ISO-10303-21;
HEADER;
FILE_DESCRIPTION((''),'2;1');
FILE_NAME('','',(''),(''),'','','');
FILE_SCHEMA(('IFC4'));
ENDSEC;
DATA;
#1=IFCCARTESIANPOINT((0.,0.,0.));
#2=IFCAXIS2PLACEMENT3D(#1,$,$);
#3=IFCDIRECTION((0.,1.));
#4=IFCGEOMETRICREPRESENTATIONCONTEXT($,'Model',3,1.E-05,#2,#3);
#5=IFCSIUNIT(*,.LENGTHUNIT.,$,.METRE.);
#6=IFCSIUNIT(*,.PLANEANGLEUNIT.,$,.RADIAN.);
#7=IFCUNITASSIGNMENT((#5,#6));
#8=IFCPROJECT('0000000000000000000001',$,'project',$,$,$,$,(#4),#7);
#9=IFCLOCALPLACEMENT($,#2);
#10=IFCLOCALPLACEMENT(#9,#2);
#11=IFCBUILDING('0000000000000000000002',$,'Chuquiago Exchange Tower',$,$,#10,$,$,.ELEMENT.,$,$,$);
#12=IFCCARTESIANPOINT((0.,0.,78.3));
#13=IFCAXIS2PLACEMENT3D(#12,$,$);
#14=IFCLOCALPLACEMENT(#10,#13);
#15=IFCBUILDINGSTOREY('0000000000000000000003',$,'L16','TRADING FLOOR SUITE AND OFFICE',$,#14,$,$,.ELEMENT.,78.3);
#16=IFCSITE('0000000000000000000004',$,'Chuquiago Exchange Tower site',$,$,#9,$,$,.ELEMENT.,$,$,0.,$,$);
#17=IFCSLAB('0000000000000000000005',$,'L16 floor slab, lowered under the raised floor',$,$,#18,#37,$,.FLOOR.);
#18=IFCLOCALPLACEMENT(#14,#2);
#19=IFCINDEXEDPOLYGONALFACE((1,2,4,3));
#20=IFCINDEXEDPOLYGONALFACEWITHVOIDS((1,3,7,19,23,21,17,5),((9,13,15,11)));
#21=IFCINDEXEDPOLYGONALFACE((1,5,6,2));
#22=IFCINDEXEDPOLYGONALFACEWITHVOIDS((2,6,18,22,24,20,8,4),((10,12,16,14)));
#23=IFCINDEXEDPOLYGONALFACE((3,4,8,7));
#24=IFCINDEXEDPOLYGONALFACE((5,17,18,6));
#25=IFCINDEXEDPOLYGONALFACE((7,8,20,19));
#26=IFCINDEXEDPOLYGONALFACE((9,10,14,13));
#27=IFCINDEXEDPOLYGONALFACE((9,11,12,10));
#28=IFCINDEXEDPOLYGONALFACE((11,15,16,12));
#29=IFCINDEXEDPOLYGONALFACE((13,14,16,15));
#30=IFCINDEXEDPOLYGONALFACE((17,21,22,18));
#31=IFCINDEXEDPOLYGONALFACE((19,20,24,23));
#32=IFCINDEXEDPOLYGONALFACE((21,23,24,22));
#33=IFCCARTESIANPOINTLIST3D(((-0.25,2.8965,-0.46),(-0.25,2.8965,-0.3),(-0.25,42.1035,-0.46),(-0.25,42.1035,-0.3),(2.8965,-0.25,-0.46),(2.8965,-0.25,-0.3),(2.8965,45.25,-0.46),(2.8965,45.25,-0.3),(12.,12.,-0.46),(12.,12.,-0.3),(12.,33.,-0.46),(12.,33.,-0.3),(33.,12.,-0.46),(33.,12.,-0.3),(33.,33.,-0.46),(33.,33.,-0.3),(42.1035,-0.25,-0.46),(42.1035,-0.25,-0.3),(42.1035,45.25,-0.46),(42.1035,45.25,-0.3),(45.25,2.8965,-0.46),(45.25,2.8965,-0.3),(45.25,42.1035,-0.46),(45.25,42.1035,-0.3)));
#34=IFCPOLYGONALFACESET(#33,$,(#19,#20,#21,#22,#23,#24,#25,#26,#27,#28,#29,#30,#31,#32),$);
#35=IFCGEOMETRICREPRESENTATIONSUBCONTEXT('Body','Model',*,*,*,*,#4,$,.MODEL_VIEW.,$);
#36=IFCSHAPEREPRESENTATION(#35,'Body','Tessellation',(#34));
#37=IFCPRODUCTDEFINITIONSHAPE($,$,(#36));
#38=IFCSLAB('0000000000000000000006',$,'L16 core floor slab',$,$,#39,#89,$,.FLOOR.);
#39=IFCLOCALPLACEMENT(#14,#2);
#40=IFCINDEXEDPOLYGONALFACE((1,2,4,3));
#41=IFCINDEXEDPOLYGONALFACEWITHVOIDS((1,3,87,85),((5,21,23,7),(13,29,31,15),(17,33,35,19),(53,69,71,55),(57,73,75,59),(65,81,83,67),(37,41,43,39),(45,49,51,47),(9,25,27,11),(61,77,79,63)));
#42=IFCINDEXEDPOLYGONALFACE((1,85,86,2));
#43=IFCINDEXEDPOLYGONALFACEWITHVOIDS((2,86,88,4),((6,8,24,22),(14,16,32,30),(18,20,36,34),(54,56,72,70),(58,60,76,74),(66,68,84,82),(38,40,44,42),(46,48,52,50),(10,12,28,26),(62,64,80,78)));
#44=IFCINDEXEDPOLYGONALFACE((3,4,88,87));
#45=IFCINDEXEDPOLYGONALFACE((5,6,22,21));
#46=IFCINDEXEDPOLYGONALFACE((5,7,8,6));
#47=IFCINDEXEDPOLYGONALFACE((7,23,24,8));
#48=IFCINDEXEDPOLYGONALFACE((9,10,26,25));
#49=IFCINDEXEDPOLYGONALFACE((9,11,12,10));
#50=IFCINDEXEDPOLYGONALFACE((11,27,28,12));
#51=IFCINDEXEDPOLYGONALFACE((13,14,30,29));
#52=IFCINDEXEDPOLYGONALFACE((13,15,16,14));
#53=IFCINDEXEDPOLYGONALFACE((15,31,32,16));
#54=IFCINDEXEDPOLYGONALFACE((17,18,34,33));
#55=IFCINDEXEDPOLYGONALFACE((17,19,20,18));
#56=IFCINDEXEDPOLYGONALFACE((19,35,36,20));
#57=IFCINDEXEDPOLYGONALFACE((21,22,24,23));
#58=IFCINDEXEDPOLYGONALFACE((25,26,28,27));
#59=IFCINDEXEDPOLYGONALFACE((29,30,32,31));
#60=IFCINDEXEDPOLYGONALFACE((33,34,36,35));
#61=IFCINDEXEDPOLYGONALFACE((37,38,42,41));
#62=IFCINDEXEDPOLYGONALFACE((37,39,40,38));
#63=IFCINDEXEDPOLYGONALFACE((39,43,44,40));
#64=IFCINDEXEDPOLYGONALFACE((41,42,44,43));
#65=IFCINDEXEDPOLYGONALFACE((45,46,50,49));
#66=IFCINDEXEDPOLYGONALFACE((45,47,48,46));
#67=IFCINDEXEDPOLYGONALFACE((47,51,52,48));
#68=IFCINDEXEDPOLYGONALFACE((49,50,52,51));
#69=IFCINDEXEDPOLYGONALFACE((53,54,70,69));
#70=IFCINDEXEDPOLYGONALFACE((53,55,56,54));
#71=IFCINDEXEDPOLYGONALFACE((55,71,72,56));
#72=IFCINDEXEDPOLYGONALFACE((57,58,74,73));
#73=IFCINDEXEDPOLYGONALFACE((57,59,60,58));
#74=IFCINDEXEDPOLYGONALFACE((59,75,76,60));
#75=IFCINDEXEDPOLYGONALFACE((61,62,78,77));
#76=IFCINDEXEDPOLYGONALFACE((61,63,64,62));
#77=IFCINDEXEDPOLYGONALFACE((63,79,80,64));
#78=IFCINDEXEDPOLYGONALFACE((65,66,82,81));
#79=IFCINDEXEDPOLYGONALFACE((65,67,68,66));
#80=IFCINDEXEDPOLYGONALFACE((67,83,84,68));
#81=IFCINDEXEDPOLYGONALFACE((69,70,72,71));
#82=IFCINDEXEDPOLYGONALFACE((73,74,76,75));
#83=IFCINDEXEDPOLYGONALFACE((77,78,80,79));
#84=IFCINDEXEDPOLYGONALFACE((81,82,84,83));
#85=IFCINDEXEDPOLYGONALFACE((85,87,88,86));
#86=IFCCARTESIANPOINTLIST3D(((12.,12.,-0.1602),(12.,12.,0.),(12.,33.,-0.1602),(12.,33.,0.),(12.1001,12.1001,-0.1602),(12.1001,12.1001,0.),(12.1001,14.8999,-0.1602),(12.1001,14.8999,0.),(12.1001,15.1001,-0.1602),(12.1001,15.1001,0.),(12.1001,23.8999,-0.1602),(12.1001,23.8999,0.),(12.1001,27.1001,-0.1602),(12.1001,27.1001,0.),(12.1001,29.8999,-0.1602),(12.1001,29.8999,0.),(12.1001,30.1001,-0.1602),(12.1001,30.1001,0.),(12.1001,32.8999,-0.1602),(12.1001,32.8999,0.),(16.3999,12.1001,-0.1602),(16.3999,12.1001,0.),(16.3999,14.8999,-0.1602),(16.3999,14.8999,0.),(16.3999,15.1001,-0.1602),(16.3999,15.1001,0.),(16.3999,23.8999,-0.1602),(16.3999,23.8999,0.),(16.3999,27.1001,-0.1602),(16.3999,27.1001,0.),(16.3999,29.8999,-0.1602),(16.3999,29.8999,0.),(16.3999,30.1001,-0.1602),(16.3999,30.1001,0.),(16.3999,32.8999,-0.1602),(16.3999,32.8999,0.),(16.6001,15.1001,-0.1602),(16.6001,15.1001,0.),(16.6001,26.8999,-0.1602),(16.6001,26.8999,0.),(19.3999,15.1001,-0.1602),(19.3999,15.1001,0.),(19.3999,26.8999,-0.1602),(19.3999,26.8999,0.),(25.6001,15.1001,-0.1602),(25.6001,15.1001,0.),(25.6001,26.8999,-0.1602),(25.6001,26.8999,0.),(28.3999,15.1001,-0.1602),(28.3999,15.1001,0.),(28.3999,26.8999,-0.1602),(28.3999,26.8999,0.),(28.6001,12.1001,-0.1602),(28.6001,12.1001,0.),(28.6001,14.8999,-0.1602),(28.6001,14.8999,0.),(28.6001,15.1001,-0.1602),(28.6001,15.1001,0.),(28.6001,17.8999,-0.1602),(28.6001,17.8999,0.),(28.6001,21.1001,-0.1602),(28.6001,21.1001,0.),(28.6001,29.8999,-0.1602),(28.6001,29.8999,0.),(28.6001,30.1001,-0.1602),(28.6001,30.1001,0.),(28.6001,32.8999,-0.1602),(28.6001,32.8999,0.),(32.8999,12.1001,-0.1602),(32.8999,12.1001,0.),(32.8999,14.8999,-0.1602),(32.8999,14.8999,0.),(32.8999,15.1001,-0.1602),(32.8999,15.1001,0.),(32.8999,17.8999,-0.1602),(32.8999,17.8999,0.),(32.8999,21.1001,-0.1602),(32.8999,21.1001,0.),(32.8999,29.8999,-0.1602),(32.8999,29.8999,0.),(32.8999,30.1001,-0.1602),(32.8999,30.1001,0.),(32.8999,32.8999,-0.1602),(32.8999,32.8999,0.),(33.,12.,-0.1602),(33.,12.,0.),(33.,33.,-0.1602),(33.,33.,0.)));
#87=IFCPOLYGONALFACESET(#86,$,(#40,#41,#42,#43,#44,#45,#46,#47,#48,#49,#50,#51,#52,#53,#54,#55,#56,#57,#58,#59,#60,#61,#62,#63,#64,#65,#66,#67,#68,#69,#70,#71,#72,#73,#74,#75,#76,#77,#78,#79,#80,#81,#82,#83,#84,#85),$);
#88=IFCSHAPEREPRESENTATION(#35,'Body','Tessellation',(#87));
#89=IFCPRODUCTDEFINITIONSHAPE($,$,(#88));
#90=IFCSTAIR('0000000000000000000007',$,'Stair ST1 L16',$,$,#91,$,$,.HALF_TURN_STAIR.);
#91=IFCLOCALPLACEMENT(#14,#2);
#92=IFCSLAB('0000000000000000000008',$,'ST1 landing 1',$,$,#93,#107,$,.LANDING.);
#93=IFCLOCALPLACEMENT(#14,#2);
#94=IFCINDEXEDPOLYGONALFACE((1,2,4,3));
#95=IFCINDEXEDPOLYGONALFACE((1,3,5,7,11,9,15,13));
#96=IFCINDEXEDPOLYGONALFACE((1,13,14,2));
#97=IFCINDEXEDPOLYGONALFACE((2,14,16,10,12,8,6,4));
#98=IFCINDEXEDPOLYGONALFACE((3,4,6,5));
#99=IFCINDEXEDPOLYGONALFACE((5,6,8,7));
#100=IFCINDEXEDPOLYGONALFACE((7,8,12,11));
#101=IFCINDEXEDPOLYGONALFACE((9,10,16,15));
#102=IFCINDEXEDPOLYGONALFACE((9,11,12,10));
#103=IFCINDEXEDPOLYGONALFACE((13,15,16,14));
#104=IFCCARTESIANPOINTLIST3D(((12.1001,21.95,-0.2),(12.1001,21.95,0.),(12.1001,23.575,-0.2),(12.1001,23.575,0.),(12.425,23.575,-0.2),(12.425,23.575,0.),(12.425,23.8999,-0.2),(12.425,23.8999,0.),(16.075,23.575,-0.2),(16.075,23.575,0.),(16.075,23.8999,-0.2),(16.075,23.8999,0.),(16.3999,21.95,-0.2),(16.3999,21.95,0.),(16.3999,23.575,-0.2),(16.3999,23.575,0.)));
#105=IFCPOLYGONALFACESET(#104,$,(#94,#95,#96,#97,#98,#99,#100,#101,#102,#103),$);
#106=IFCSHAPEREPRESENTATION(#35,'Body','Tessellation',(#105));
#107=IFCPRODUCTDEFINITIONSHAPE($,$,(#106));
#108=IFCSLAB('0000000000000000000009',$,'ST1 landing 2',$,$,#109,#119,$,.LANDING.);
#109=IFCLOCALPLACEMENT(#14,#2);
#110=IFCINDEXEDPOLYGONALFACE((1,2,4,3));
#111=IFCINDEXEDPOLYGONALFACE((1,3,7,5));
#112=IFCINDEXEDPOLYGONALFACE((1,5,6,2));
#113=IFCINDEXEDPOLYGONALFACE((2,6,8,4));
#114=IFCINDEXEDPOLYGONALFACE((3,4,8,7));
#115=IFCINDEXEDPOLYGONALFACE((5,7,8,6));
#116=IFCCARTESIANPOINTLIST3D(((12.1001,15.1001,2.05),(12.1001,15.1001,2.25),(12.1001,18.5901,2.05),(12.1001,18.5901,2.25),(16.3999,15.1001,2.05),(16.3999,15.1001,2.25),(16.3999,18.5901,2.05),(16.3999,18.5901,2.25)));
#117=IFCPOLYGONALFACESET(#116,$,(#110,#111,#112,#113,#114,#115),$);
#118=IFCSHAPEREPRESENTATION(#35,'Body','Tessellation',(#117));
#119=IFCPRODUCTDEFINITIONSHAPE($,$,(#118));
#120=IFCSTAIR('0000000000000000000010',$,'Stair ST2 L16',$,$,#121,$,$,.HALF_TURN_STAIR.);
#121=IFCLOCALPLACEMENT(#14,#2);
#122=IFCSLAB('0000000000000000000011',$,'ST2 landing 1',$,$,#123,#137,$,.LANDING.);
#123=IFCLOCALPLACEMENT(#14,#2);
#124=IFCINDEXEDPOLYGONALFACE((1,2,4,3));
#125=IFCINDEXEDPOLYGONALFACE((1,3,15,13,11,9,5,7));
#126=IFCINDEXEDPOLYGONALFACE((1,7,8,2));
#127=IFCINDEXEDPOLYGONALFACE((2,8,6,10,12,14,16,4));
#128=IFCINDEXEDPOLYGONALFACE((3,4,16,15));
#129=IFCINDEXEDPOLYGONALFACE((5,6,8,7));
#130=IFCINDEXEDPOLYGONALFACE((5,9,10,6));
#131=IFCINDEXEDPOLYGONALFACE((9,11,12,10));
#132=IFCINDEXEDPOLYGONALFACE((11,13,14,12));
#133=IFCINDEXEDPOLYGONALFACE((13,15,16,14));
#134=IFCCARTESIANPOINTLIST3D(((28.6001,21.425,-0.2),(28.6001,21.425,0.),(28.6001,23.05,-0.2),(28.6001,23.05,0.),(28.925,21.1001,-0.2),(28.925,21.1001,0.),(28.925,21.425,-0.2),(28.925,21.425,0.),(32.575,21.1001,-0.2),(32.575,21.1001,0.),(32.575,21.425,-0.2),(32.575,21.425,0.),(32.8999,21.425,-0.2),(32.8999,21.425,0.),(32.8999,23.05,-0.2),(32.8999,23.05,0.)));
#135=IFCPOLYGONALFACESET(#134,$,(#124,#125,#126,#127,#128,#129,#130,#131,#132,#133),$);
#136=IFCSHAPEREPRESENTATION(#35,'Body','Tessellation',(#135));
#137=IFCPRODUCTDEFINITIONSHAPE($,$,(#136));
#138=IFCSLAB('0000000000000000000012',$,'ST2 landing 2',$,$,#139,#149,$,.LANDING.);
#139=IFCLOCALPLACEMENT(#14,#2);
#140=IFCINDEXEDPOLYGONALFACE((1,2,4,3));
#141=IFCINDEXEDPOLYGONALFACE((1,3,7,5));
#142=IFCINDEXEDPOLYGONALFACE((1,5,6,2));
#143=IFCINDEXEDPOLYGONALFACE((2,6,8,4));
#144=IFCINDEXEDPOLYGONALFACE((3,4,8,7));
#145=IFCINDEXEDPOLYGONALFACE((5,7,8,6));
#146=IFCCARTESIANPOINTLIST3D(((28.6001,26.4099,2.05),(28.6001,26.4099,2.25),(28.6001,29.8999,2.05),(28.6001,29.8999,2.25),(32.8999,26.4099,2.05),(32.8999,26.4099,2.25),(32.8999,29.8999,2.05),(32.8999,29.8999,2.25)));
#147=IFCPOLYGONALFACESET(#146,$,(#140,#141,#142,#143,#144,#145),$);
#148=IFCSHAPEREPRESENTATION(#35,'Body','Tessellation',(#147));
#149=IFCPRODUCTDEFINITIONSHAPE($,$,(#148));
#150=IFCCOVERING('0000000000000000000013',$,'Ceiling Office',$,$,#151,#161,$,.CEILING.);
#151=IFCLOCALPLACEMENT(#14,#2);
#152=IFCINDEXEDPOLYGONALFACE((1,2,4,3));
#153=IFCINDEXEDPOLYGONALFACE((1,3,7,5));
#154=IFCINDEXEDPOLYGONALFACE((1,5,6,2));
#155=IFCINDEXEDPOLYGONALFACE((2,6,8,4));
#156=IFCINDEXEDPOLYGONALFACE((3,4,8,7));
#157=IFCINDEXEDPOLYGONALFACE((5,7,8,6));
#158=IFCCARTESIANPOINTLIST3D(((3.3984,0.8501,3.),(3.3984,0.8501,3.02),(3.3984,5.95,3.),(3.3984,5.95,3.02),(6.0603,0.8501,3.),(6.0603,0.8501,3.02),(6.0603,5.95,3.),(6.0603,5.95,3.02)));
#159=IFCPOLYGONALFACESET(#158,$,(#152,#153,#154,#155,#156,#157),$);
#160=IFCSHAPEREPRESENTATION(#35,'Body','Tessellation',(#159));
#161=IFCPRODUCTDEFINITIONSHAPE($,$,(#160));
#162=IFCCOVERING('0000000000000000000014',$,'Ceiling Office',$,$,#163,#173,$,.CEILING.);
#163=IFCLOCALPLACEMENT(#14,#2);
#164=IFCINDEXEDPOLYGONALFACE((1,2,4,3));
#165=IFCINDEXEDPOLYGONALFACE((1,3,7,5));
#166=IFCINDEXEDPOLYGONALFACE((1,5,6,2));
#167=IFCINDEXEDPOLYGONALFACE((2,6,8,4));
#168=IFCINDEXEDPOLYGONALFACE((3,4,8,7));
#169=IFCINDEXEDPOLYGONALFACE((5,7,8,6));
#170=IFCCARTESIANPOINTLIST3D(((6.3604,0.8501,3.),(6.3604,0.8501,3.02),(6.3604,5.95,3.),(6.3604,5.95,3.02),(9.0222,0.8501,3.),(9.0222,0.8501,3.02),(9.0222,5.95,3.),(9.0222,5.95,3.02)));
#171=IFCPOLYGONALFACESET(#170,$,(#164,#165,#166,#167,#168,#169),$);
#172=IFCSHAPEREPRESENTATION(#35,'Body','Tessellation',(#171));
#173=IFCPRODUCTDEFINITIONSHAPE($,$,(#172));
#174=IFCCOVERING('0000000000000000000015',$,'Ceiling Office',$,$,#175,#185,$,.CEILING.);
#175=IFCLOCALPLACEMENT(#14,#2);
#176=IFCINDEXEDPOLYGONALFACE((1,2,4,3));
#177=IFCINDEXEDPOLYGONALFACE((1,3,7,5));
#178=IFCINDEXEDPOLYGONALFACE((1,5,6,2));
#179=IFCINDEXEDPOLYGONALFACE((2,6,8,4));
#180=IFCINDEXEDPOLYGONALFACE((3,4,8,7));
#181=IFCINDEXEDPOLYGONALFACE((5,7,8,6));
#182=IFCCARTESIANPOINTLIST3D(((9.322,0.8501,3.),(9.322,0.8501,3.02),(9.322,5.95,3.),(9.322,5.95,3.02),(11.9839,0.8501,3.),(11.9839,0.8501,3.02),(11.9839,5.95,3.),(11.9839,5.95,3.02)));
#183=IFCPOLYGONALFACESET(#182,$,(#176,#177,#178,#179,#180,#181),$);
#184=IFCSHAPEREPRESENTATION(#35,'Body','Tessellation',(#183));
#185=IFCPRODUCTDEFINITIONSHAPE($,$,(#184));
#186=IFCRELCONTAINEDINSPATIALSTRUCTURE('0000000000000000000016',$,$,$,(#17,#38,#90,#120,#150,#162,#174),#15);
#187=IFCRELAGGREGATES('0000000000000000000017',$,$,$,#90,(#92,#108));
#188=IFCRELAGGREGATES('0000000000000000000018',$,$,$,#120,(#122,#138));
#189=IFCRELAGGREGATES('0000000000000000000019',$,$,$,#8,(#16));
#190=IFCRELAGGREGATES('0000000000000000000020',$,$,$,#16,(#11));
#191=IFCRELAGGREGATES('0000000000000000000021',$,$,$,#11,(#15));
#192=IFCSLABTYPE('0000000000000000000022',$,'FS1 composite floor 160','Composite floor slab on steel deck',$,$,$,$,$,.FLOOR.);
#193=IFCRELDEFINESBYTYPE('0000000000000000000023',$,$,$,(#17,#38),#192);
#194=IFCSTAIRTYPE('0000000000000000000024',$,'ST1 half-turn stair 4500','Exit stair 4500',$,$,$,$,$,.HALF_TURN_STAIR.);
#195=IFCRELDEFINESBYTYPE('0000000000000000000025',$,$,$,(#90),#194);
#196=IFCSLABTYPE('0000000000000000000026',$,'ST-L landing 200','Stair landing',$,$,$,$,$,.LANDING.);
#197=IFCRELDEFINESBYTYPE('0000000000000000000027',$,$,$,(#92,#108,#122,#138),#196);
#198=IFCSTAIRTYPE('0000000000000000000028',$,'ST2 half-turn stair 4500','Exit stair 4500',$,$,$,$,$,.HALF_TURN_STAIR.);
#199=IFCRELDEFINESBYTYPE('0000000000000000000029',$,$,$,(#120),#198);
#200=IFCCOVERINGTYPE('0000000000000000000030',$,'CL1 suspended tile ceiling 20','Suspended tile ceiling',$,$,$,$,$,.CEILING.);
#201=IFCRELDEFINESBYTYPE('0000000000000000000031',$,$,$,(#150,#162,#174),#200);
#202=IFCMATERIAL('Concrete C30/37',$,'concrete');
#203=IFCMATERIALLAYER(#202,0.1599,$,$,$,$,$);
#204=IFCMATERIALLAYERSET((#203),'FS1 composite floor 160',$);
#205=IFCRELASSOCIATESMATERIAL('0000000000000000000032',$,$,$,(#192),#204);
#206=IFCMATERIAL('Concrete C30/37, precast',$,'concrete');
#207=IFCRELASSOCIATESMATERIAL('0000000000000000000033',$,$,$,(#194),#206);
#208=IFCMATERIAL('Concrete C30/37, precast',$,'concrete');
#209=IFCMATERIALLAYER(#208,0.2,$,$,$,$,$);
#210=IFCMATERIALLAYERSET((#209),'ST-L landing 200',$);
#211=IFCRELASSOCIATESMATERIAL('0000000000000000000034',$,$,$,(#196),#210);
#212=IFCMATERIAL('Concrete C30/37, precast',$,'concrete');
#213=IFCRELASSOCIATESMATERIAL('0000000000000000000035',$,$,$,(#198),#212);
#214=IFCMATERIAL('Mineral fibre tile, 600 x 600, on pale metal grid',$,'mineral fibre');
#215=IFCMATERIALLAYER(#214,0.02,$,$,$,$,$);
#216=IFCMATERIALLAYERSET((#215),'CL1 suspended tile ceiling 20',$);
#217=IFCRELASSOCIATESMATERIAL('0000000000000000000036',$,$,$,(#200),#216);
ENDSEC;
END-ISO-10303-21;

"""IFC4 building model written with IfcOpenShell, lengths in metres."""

from ifc_helpers import new_model, si_unit, direction, frame, origin, place, context, subcontext, project, spatial, polyline, outline, extrude, material, layer, layer_set, type_object, element, aggregate, save


model = new_model("IFC4")

# Units and contexts
model_context = context("Model", 3, precision=1e-05, world=origin(), true_north=direction((0.0, 1.0)))
body_context = subcontext(model_context, "Body", "Model", "MODEL_VIEW")
ifc_project = project(units=[si_unit("LENGTHUNIT", "METRE"), si_unit("PLANEANGLEUNIT", "RADIAN")], contexts=[model_context])

# Site, building, storey
site_placement = place(None, origin())
site = spatial("IfcSite", under=ifc_project, at=site_placement, Name="Chuquiago Exchange Tower site", CompositionType="ELEMENT", RefElevation=0.0)
building_placement = place(site_placement, origin())
building = spatial("IfcBuilding", under=site, at=building_placement, Name="Chuquiago Exchange Tower", CompositionType="ELEMENT")
storey_placement = place(building_placement, frame((0.0, 0.0, 78.3)))
storey = spatial("IfcBuildingStorey", under=building, at=storey_placement, Name="L16", Description="TRADING FLOOR SUITE AND OFFICE", CompositionType="ELEMENT", Elevation=78.3)

# Slabs
ifc_material_1 = material(Name="Concrete C30/37", Category="concrete")
ifc_layer_1 = layer(ifc_material_1, 0.1599)
ifc_layer_set_1 = layer_set([ifc_layer_1], Name="FS1 composite floor 160")
slab_type_1 = type_object("IfcSlabType", Name="FS1 composite floor 160", Description="Composite floor slab on steel deck", PredefinedType="FLOOR", material=ifc_layer_set_1)
slab_1_placement = place(storey_placement, frame((0.0, 0.0, -0.46)))
element("IfcSlab", 1, at=slab_1_placement, inside=storey, type_object=slab_type_1, Name="L16 floor slab, lowered under the raised floor", PredefinedType="FLOOR", context=body_context, shape_type="SweptSolid", body=[
    extrude(outline(polyline([(-0.25, 2.8965), (-0.25, 42.1035), (2.8965, 45.25), (42.1035, 45.25), (45.25, 42.1035), (45.25, 2.8965), (42.1035, -0.25), (2.8965, -0.25), (-0.25, 2.8965)]), holes=[polyline([(33.0, 33.0), (12.0, 33.0), (12.0, 12.0), (33.0, 12.0), (33.0, 33.0)])]), origin(), (0.0, 0.0, 1.0), 0.1599),
])
slab_2_placement = place(storey_placement, frame((0.0, 0.0, -0.1602)))
element("IfcSlab", 2, at=slab_2_placement, inside=storey, type_object=slab_type_1, Name="L16 core floor slab", PredefinedType="FLOOR", context=body_context, shape_type="SweptSolid", body=[
    extrude(outline(polyline([(33.0, 12.0), (33.0, 33.0), (12.0, 33.0), (12.0, 12.0), (33.0, 12.0)]), holes=[polyline([(16.3999, 15.1001), (12.1001, 15.1001), (12.1001, 23.8999), (16.3999, 23.8999), (16.3999, 15.1001)]), polyline([(32.8999, 21.1001), (28.6001, 21.1001), (28.6001, 29.8999), (32.8999, 29.8999), (32.8999, 21.1001)]), polyline([(16.3999, 12.1001), (12.1001, 12.1001), (12.1001, 14.8999), (16.3999, 14.8999), (16.3999, 12.1001)]), polyline([(16.3999, 30.1001), (12.1001, 30.1001), (12.1001, 32.8999), (16.3999, 32.8999), (16.3999, 30.1001)]), polyline([(32.8999, 12.1001), (28.6001, 12.1001), (28.6001, 14.8999), (32.8999, 14.8999), (32.8999, 12.1001)]), polyline([(32.8999, 30.1001), (28.6001, 30.1001), (28.6001, 32.8999), (32.8999, 32.8999), (32.8999, 30.1001)]), polyline([(16.3999, 27.1001), (12.1001, 27.1001), (12.1001, 29.8999), (16.3999, 29.8999), (16.3999, 27.1001)]), polyline([(32.8999, 15.1001), (28.6001, 15.1001), (28.6001, 17.8999), (32.8999, 17.8999), (32.8999, 15.1001)]), polyline([(19.3999, 15.1001), (16.6001, 15.1001), (16.6001, 26.8999), (19.3999, 26.8999), (19.3999, 15.1001)]), polyline([(28.3999, 15.1001), (25.6001, 15.1001), (25.6001, 26.8999), (28.3999, 26.8999), (28.3999, 15.1001)])]), origin(), (0.0, 0.0, 1.0), 0.1602),
])

# Stairs, slabs
ifc_material_2 = material(Name="Concrete C30/37, precast", Category="concrete")
stair_type_1 = type_object("IfcStairType", Name="ST1 half-turn stair 4500", Description="Exit stair 4500", PredefinedType="HALF_TURN_STAIR", material=ifc_material_2)
stair_1_placement = place(storey_placement, origin())
stair_1 = element("IfcStair", 3, at=stair_1_placement, inside=storey, type_object=stair_type_1, Name="Stair ST1 L16", PredefinedType="HALF_TURN_STAIR")
ifc_material_3 = material(Name="Concrete C30/37, precast", Category="concrete")
ifc_layer_2 = layer(ifc_material_3, 0.2)
ifc_layer_set_2 = layer_set([ifc_layer_2], Name="ST-L landing 200")
slab_type_2 = type_object("IfcSlabType", Name="ST-L landing 200", Description="Stair landing", PredefinedType="LANDING", material=ifc_layer_set_2)
slab_3_placement = place(storey_placement, frame((0.0, 0.0, -0.2)))
slab_3 = element("IfcSlab", 4, at=slab_3_placement, type_object=slab_type_2, Name="ST1 landing 1", PredefinedType="LANDING", context=body_context, shape_type="SweptSolid", body=[
    extrude(outline(polyline([(12.425, 23.8999), (16.075, 23.8999), (16.075, 23.575), (16.3999, 23.575), (16.3999, 21.95), (12.1001, 21.95), (12.1001, 23.575), (12.425, 23.575), (12.425, 23.8999)])), origin(), (0.0, 0.0, 1.0), 0.2),
])
slab_4_placement = place(storey_placement, frame((0.0, 0.0, 2.05)))
slab_4 = element("IfcSlab", 5, at=slab_4_placement, type_object=slab_type_2, Name="ST1 landing 2", PredefinedType="LANDING", context=body_context, shape_type="SweptSolid", body=[
    extrude(outline(polyline([(12.1001, 18.5901), (16.3999, 18.5901), (16.3999, 15.1001), (12.1001, 15.1001), (12.1001, 18.5901)])), origin(), (0.0, 0.0, 1.0), 0.2),
])
aggregate(stair_1, [slab_3, slab_4])
ifc_material_4 = material(Name="Concrete C30/37, precast", Category="concrete")
stair_type_2 = type_object("IfcStairType", Name="ST2 half-turn stair 4500", Description="Exit stair 4500", PredefinedType="HALF_TURN_STAIR", material=ifc_material_4)
stair_2_placement = place(storey_placement, origin())
stair_2 = element("IfcStair", 6, at=stair_2_placement, inside=storey, type_object=stair_type_2, Name="Stair ST2 L16", PredefinedType="HALF_TURN_STAIR")
slab_5_placement = place(storey_placement, frame((0.0, 0.0, -0.2)))
slab_5 = element("IfcSlab", 7, at=slab_5_placement, type_object=slab_type_2, Name="ST2 landing 1", PredefinedType="LANDING", context=body_context, shape_type="SweptSolid", body=[
    extrude(outline(polyline([(32.575, 21.425), (32.575, 21.1001), (28.925, 21.1001), (28.925, 21.425), (28.6001, 21.425), (28.6001, 23.05), (32.8999, 23.05), (32.8999, 21.425), (32.575, 21.425)])), origin(), (0.0, 0.0, 1.0), 0.2),
])
slab_6_placement = place(storey_placement, frame((0.0, 0.0, 2.05)))
slab_6 = element("IfcSlab", 8, at=slab_6_placement, type_object=slab_type_2, Name="ST2 landing 2", PredefinedType="LANDING", context=body_context, shape_type="SweptSolid", body=[
    extrude(outline(polyline([(28.6001, 29.8999), (32.8999, 29.8999), (32.8999, 26.4099), (28.6001, 26.4099), (28.6001, 29.8999)])), origin(), (0.0, 0.0, 1.0), 0.2),
])
aggregate(stair_2, [slab_5, slab_6])

# Coverings
ifc_material_5 = material(Name="Mineral fibre tile, 600 x 600, on pale metal grid", Category="mineral fibre")
ifc_layer_3 = layer(ifc_material_5, 0.02)
ifc_layer_set_3 = layer_set([ifc_layer_3], Name="CL1 suspended tile ceiling 20")
covering_type_1 = type_object("IfcCoveringType", Name="CL1 suspended tile ceiling 20", Description="Suspended tile ceiling", PredefinedType="CEILING", material=ifc_layer_set_3)
covering_1_placement = place(storey_placement, frame((0.0, 0.0, 3.0)))
element("IfcCovering", 9, at=covering_1_placement, inside=storey, type_object=covering_type_1, Name="Ceiling Office", PredefinedType="CEILING", context=body_context, shape_type="SweptSolid", body=[
    extrude(outline(polyline([(3.3984, 5.95), (6.0603, 5.95), (6.0603, 0.8501), (3.3984, 0.8501), (3.3984, 5.95)])), origin(), (0.0, 0.0, 1.0), 0.02),
])
covering_2_placement = place(storey_placement, frame((0.0, 0.0, 3.0)))
element("IfcCovering", 10, at=covering_2_placement, inside=storey, type_object=covering_type_1, Name="Ceiling Office", PredefinedType="CEILING", context=body_context, shape_type="SweptSolid", body=[
    extrude(outline(polyline([(6.3604, 5.95), (9.0222, 5.95), (9.0222, 0.8501), (6.3604, 0.8501), (6.3604, 5.95)])), origin(), (0.0, 0.0, 1.0), 0.02),
])
covering_3_placement = place(storey_placement, frame((0.0, 0.0, 3.0)))
element("IfcCovering", 11, at=covering_3_placement, inside=storey, type_object=covering_type_1, Name="Ceiling Office", PredefinedType="CEILING", context=body_context, shape_type="SweptSolid", body=[
    extrude(outline(polyline([(9.322, 5.95), (11.9839, 5.95), (11.9839, 0.8501), (9.322, 0.8501), (9.322, 5.95)])), origin(), (0.0, 0.0, 1.0), 0.02),
])

save(model, "model.ifc")
